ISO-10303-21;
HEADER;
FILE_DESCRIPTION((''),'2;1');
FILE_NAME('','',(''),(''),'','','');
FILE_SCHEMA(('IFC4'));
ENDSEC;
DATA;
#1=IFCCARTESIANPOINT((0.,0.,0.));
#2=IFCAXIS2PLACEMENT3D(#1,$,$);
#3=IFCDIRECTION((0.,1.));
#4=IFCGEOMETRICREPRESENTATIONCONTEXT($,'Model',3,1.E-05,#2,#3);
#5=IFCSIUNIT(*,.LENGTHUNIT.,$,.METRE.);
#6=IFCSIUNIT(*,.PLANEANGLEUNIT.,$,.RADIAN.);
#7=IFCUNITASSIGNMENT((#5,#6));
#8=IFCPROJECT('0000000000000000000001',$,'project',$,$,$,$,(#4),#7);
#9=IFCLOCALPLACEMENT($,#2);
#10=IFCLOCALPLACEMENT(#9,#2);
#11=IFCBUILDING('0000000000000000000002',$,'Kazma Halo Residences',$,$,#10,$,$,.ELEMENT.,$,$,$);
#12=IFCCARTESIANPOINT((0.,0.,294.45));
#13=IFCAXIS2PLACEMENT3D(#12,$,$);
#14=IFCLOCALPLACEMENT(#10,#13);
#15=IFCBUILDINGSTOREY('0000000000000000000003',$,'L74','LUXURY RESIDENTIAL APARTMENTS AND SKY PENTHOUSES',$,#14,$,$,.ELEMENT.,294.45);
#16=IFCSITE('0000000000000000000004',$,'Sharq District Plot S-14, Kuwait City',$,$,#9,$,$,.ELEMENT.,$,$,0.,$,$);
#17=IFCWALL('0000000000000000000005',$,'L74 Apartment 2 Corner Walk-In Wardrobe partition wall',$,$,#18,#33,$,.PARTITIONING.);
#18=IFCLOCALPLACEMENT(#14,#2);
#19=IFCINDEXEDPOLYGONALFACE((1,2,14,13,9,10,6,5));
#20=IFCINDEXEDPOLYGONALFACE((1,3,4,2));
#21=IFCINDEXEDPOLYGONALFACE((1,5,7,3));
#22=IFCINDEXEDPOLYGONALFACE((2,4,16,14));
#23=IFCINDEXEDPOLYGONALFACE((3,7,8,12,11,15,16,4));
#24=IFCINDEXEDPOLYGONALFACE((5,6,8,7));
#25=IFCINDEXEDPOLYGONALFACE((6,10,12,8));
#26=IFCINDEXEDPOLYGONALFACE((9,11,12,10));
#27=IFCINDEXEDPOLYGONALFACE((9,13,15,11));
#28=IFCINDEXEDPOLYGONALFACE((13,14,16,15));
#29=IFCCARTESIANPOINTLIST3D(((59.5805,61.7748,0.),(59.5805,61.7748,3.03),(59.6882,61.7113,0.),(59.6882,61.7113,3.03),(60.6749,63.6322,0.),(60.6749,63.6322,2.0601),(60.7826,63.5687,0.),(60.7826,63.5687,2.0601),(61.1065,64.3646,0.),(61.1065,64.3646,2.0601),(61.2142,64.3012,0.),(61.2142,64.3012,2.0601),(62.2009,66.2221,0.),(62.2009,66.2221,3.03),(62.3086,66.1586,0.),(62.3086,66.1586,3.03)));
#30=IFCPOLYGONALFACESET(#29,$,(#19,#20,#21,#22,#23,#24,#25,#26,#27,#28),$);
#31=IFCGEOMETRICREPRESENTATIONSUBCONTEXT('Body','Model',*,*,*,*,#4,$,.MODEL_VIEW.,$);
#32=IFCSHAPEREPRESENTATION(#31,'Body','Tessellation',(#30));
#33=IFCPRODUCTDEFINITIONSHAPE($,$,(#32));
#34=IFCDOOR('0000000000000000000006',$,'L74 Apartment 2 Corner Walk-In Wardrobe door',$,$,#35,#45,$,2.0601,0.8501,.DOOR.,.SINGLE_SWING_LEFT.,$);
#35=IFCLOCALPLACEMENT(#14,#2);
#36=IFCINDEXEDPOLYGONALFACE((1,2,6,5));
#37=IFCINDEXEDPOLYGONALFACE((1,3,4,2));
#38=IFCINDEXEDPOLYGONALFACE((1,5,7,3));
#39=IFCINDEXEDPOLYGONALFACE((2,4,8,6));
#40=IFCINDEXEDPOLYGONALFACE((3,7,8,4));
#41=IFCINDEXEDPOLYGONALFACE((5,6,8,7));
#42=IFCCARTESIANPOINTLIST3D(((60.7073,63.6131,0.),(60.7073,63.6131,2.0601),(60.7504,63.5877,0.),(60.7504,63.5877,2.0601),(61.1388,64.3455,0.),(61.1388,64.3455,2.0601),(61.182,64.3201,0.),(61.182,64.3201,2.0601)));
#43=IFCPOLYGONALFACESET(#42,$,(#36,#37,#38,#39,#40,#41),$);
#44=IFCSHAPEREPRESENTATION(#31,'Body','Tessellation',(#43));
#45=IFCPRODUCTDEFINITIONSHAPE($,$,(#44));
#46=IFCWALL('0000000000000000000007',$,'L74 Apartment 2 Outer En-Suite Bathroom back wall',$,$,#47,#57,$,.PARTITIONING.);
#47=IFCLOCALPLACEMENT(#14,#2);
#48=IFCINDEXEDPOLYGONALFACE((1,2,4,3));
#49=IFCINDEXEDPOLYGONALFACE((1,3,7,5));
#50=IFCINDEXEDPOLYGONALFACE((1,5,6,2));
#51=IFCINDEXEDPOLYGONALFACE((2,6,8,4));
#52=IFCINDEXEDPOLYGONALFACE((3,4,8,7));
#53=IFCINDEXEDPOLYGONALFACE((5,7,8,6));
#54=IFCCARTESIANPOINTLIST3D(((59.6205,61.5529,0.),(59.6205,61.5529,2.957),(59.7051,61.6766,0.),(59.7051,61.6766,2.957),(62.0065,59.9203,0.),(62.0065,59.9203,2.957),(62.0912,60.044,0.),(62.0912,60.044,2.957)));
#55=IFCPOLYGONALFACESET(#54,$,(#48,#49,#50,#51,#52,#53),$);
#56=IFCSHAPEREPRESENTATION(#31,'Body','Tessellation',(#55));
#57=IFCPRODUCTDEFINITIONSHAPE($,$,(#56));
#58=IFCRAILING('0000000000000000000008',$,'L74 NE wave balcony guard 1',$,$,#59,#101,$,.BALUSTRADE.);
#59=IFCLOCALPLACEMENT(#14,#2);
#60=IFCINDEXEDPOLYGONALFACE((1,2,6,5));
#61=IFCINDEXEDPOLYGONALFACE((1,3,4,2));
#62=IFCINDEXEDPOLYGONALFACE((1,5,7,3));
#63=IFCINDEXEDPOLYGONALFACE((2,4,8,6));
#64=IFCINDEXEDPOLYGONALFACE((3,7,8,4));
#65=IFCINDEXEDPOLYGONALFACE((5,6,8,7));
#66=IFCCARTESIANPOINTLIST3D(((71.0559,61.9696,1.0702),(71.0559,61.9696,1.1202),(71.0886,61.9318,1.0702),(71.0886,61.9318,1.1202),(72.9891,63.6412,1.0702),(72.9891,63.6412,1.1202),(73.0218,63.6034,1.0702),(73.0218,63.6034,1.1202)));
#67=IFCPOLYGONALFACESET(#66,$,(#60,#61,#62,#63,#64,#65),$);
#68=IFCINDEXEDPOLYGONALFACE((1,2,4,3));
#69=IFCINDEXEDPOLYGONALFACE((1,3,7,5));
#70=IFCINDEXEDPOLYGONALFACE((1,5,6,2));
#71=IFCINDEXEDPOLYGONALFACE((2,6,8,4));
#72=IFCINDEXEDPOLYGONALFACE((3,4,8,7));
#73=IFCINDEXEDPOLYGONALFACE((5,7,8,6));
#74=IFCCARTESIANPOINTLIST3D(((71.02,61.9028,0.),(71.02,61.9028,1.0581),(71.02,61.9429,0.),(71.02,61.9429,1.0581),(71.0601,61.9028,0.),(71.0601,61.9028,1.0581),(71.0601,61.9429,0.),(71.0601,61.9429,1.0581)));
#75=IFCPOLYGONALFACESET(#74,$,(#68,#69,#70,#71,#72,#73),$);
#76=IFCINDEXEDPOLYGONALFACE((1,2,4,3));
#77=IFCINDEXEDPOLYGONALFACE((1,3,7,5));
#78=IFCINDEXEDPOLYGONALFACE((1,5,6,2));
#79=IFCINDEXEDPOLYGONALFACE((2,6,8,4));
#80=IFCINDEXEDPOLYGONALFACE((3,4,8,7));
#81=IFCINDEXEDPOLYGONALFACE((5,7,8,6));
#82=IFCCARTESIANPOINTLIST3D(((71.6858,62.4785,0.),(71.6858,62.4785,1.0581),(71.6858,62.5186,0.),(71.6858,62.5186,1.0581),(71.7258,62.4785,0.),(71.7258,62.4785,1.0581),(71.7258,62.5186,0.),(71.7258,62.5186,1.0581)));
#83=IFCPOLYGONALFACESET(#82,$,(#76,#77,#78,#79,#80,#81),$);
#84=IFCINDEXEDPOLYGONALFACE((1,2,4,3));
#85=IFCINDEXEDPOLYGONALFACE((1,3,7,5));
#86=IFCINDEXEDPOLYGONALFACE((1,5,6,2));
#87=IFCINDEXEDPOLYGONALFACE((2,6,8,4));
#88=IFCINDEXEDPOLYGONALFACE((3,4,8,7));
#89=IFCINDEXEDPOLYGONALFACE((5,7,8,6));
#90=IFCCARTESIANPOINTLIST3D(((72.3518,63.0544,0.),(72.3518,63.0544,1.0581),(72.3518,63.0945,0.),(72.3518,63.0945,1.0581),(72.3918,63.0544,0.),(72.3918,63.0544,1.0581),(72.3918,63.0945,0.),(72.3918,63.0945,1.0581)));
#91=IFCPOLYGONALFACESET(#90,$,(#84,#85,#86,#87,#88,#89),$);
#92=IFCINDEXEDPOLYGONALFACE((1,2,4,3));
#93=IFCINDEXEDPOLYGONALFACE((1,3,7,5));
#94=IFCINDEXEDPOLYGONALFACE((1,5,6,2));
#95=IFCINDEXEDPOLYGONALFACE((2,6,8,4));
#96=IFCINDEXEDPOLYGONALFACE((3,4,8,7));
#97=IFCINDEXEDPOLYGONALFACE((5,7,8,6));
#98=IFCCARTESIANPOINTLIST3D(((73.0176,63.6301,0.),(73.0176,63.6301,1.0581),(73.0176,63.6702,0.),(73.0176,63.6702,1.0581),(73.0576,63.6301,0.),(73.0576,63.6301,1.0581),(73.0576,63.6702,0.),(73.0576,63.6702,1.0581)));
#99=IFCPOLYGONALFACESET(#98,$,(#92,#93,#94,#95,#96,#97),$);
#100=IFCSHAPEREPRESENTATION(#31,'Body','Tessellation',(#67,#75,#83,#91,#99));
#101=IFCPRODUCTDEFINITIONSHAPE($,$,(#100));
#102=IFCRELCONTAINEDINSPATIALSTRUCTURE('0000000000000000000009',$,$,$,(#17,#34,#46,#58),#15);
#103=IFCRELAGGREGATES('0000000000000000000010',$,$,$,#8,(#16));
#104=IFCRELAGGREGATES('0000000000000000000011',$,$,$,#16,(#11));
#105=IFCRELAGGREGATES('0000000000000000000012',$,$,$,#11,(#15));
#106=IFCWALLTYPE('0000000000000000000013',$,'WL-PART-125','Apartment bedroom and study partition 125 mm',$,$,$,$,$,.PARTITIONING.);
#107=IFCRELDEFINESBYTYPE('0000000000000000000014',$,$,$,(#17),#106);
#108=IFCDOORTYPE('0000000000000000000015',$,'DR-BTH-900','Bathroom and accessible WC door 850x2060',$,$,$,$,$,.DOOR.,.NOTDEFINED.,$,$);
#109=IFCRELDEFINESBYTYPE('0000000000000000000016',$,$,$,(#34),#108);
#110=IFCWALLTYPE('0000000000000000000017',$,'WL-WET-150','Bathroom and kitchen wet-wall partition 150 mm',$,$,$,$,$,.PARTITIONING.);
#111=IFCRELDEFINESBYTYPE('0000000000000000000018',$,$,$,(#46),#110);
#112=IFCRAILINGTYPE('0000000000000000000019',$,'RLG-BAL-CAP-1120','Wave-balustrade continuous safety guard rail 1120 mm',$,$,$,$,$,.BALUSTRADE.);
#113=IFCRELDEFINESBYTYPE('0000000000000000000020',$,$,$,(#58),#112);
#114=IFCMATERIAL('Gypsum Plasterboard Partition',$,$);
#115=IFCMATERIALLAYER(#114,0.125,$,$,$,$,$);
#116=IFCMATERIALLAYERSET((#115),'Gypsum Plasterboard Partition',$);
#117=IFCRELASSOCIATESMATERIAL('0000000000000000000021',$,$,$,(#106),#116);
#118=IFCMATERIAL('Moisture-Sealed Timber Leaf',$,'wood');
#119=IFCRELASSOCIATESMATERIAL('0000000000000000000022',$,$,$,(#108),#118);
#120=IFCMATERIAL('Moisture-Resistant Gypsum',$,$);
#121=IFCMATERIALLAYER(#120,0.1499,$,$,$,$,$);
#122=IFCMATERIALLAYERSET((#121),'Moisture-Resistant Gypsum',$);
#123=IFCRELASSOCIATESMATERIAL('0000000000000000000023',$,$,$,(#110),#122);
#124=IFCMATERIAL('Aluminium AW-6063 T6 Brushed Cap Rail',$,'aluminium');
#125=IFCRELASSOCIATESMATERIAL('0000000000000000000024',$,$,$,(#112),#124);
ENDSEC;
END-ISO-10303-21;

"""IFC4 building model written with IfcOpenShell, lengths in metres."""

from ifc_helpers import new_model, si_unit, direction, frame, frame_2d, origin, origin_2d, place, context, subcontext, project, spatial, rectangle, extrude, material, layer, layer_set, type_object, element, fill, save


model = new_model("IFC4")

# Units and contexts
model_context = context("Model", 3, precision=1e-05, world=origin(), true_north=direction((0.0, 1.0)))
body_context = subcontext(model_context, "Body", "Model", "MODEL_VIEW")
ifc_project = project(units=[si_unit("LENGTHUNIT", "METRE"), si_unit("PLANEANGLEUNIT", "RADIAN")], contexts=[model_context])

# Site, building, storey
site_placement = place(None, origin())
site = spatial("IfcSite", under=ifc_project, at=site_placement, Name="Sharq District Plot S-14, Kuwait City", CompositionType="ELEMENT", RefElevation=0.0)
building_placement = place(site_placement, origin())
building = spatial("IfcBuilding", under=site, at=building_placement, Name="Kazma Halo Residences", CompositionType="ELEMENT")
storey_placement = place(building_placement, frame((0.0, 0.0, 294.45)))
storey = spatial("IfcBuildingStorey", under=building, at=storey_placement, Name="L74", Description="LUXURY RESIDENTIAL APARTMENTS AND SKY PENTHOUSES", CompositionType="ELEMENT", Elevation=294.45)

# Wall, opening, door
ifc_material_1 = material(Name="Gypsum Plasterboard Partition")
ifc_layer_1 = layer(ifc_material_1, 0.125)
ifc_layer_set_1 = layer_set([ifc_layer_1], Name="Gypsum Plasterboard Partition")
wall_type_1 = type_object("IfcWallType", Name="WL-PART-125", Description="Apartment bedroom and study partition 125 mm", PredefinedType="PARTITIONING", material=ifc_layer_set_1)
wall_1_placement = place(storey_placement, frame((59.6343, 61.7429, 0.0), z_axis=(0.0, 0.0, 1.0), x_axis=(0.507642, 0.861568, 0.0)))
wall_1 = element("IfcWall", 1, at=wall_1_placement, inside=storey, type_object=wall_type_1, Name="L74 Apartment 2 Corner Walk-In Wardrobe partition wall", PredefinedType="PARTITIONING", context=body_context, shape_type="SweptSolid", body=[
    extrude(rectangle(XDim=5.1619, YDim=0.125, at=frame_2d((2.5811, 0.0))), origin(), (0.0, 0.0, 1.0), 3.03),
])
opening_1_placement = place(wall_1_placement, frame((2.156, 0.0, 0.0)))
opening_1 = element("IfcOpeningElement", 2, at=opening_1_placement, cuts=wall_1, PredefinedType="OPENING", context=body_context, shape_type="SweptSolid", body=[
    extrude(rectangle(XDim=0.8501, YDim=2.0601, at=frame_2d((0.425, 1.03))), frame((0.0, 0.0725, 0.0), z_axis=(0.0, -1.0, 0.0), x_axis=(1.0, 0.0, 0.0)), (0.0, 0.0, 1.0), 0.145),
])
ifc_material_2 = material(Name="Moisture-Sealed Timber Leaf", Category="wood")
door_type_1 = type_object("IfcDoorType", Name="DR-BTH-900", Description="Bathroom and accessible WC door 850x2060", OperationType="NOTDEFINED", PredefinedType="DOOR", material=ifc_material_2)
door_1_placement = place(opening_1_placement, origin())
door_1 = element("IfcDoor", 3, at=door_1_placement, inside=storey, type_object=door_type_1, Name="L74 Apartment 2 Corner Walk-In Wardrobe door", OperationType="SINGLE_SWING_LEFT", OverallHeight=2.0601, OverallWidth=0.8501, PredefinedType="DOOR", context=body_context, shape_type="SweptSolid", body=[
    extrude(rectangle(XDim=0.8501, YDim=2.0601, at=frame_2d((0.425, 1.03))), frame((0.0, 0.0249, 0.0), z_axis=(0.0, -1.0, 0.0), x_axis=(1.0, 0.0, 0.0)), (0.0, 0.0, 1.0), 0.05),
])
fill(opening_1, door_1)

# Wall
ifc_material_3 = material(Name="Moisture-Resistant Gypsum")
ifc_layer_2 = layer(ifc_material_3, 0.1499)
ifc_layer_set_2 = layer_set([ifc_layer_2], Name="Moisture-Resistant Gypsum")
wall_type_2 = type_object("IfcWallType", Name="WL-WET-150", Description="Bathroom and kitchen wet-wall partition 150 mm", PredefinedType="PARTITIONING", material=ifc_layer_set_2)
wall_2_placement = place(storey_placement, frame((62.0488, 59.9822, 0.0), z_axis=(0.0, 0.0, 1.0), x_axis=(-0.825299, 0.564696, 0.0)))
element("IfcWall", 4, at=wall_2_placement, inside=storey, type_object=wall_type_2, Name="L74 Apartment 2 Outer En-Suite Bathroom back wall", PredefinedType="PARTITIONING", context=body_context, shape_type="SweptSolid", body=[
    extrude(rectangle(XDim=2.8911, YDim=0.1499, at=frame_2d((1.4456, 0.0))), origin(), (0.0, 0.0, 1.0), 2.957),
])

# Railing
ifc_material_4 = material(Name="Aluminium AW-6063 T6 Brushed Cap Rail", Category="aluminium")
railing_type = type_object("IfcRailingType", Name="RLG-BAL-CAP-1120", Description="Wave-balustrade continuous safety guard rail 1120 mm", PredefinedType="BALUSTRADE", material=ifc_material_4)
railing_1_placement = place(storey_placement, frame((71.04, 61.9229, 0.0)))
element("IfcRailing", 5, at=railing_1_placement, inside=storey, type_object=railing_type, Name="L74 NE wave balcony guard 1", PredefinedType="BALUSTRADE", context=body_context, shape_type="SweptSolid", body=[
    extrude(rectangle(XDim=0.05, YDim=0.05, at=origin_2d()), frame((0.0322, 0.0278, 1.0952), z_axis=(0.756424, 0.654082, 0.0), x_axis=(-0.654082, 0.756424, 0.0)), (0.0, 0.0, 1.0), 2.5557),
    extrude(rectangle(XDim=0.04, YDim=0.04, at=origin_2d()), origin(), (0.0, 0.0, 1.0), 1.0581),
    extrude(rectangle(XDim=0.04, YDim=0.04, at=origin_2d()), frame((0.6658, 0.5757, 0.0)), (0.0, 0.0, 1.0), 1.0581),
    extrude(rectangle(XDim=0.04, YDim=0.04, at=origin_2d()), frame((1.3318, 1.1516, 0.0)), (0.0, 0.0, 1.0), 1.0581),
    extrude(rectangle(XDim=0.04, YDim=0.04, at=origin_2d()), frame((1.9976, 1.7273, 0.0)), (0.0, 0.0, 1.0), 1.0581),
])

save(model, "model.ifc")
